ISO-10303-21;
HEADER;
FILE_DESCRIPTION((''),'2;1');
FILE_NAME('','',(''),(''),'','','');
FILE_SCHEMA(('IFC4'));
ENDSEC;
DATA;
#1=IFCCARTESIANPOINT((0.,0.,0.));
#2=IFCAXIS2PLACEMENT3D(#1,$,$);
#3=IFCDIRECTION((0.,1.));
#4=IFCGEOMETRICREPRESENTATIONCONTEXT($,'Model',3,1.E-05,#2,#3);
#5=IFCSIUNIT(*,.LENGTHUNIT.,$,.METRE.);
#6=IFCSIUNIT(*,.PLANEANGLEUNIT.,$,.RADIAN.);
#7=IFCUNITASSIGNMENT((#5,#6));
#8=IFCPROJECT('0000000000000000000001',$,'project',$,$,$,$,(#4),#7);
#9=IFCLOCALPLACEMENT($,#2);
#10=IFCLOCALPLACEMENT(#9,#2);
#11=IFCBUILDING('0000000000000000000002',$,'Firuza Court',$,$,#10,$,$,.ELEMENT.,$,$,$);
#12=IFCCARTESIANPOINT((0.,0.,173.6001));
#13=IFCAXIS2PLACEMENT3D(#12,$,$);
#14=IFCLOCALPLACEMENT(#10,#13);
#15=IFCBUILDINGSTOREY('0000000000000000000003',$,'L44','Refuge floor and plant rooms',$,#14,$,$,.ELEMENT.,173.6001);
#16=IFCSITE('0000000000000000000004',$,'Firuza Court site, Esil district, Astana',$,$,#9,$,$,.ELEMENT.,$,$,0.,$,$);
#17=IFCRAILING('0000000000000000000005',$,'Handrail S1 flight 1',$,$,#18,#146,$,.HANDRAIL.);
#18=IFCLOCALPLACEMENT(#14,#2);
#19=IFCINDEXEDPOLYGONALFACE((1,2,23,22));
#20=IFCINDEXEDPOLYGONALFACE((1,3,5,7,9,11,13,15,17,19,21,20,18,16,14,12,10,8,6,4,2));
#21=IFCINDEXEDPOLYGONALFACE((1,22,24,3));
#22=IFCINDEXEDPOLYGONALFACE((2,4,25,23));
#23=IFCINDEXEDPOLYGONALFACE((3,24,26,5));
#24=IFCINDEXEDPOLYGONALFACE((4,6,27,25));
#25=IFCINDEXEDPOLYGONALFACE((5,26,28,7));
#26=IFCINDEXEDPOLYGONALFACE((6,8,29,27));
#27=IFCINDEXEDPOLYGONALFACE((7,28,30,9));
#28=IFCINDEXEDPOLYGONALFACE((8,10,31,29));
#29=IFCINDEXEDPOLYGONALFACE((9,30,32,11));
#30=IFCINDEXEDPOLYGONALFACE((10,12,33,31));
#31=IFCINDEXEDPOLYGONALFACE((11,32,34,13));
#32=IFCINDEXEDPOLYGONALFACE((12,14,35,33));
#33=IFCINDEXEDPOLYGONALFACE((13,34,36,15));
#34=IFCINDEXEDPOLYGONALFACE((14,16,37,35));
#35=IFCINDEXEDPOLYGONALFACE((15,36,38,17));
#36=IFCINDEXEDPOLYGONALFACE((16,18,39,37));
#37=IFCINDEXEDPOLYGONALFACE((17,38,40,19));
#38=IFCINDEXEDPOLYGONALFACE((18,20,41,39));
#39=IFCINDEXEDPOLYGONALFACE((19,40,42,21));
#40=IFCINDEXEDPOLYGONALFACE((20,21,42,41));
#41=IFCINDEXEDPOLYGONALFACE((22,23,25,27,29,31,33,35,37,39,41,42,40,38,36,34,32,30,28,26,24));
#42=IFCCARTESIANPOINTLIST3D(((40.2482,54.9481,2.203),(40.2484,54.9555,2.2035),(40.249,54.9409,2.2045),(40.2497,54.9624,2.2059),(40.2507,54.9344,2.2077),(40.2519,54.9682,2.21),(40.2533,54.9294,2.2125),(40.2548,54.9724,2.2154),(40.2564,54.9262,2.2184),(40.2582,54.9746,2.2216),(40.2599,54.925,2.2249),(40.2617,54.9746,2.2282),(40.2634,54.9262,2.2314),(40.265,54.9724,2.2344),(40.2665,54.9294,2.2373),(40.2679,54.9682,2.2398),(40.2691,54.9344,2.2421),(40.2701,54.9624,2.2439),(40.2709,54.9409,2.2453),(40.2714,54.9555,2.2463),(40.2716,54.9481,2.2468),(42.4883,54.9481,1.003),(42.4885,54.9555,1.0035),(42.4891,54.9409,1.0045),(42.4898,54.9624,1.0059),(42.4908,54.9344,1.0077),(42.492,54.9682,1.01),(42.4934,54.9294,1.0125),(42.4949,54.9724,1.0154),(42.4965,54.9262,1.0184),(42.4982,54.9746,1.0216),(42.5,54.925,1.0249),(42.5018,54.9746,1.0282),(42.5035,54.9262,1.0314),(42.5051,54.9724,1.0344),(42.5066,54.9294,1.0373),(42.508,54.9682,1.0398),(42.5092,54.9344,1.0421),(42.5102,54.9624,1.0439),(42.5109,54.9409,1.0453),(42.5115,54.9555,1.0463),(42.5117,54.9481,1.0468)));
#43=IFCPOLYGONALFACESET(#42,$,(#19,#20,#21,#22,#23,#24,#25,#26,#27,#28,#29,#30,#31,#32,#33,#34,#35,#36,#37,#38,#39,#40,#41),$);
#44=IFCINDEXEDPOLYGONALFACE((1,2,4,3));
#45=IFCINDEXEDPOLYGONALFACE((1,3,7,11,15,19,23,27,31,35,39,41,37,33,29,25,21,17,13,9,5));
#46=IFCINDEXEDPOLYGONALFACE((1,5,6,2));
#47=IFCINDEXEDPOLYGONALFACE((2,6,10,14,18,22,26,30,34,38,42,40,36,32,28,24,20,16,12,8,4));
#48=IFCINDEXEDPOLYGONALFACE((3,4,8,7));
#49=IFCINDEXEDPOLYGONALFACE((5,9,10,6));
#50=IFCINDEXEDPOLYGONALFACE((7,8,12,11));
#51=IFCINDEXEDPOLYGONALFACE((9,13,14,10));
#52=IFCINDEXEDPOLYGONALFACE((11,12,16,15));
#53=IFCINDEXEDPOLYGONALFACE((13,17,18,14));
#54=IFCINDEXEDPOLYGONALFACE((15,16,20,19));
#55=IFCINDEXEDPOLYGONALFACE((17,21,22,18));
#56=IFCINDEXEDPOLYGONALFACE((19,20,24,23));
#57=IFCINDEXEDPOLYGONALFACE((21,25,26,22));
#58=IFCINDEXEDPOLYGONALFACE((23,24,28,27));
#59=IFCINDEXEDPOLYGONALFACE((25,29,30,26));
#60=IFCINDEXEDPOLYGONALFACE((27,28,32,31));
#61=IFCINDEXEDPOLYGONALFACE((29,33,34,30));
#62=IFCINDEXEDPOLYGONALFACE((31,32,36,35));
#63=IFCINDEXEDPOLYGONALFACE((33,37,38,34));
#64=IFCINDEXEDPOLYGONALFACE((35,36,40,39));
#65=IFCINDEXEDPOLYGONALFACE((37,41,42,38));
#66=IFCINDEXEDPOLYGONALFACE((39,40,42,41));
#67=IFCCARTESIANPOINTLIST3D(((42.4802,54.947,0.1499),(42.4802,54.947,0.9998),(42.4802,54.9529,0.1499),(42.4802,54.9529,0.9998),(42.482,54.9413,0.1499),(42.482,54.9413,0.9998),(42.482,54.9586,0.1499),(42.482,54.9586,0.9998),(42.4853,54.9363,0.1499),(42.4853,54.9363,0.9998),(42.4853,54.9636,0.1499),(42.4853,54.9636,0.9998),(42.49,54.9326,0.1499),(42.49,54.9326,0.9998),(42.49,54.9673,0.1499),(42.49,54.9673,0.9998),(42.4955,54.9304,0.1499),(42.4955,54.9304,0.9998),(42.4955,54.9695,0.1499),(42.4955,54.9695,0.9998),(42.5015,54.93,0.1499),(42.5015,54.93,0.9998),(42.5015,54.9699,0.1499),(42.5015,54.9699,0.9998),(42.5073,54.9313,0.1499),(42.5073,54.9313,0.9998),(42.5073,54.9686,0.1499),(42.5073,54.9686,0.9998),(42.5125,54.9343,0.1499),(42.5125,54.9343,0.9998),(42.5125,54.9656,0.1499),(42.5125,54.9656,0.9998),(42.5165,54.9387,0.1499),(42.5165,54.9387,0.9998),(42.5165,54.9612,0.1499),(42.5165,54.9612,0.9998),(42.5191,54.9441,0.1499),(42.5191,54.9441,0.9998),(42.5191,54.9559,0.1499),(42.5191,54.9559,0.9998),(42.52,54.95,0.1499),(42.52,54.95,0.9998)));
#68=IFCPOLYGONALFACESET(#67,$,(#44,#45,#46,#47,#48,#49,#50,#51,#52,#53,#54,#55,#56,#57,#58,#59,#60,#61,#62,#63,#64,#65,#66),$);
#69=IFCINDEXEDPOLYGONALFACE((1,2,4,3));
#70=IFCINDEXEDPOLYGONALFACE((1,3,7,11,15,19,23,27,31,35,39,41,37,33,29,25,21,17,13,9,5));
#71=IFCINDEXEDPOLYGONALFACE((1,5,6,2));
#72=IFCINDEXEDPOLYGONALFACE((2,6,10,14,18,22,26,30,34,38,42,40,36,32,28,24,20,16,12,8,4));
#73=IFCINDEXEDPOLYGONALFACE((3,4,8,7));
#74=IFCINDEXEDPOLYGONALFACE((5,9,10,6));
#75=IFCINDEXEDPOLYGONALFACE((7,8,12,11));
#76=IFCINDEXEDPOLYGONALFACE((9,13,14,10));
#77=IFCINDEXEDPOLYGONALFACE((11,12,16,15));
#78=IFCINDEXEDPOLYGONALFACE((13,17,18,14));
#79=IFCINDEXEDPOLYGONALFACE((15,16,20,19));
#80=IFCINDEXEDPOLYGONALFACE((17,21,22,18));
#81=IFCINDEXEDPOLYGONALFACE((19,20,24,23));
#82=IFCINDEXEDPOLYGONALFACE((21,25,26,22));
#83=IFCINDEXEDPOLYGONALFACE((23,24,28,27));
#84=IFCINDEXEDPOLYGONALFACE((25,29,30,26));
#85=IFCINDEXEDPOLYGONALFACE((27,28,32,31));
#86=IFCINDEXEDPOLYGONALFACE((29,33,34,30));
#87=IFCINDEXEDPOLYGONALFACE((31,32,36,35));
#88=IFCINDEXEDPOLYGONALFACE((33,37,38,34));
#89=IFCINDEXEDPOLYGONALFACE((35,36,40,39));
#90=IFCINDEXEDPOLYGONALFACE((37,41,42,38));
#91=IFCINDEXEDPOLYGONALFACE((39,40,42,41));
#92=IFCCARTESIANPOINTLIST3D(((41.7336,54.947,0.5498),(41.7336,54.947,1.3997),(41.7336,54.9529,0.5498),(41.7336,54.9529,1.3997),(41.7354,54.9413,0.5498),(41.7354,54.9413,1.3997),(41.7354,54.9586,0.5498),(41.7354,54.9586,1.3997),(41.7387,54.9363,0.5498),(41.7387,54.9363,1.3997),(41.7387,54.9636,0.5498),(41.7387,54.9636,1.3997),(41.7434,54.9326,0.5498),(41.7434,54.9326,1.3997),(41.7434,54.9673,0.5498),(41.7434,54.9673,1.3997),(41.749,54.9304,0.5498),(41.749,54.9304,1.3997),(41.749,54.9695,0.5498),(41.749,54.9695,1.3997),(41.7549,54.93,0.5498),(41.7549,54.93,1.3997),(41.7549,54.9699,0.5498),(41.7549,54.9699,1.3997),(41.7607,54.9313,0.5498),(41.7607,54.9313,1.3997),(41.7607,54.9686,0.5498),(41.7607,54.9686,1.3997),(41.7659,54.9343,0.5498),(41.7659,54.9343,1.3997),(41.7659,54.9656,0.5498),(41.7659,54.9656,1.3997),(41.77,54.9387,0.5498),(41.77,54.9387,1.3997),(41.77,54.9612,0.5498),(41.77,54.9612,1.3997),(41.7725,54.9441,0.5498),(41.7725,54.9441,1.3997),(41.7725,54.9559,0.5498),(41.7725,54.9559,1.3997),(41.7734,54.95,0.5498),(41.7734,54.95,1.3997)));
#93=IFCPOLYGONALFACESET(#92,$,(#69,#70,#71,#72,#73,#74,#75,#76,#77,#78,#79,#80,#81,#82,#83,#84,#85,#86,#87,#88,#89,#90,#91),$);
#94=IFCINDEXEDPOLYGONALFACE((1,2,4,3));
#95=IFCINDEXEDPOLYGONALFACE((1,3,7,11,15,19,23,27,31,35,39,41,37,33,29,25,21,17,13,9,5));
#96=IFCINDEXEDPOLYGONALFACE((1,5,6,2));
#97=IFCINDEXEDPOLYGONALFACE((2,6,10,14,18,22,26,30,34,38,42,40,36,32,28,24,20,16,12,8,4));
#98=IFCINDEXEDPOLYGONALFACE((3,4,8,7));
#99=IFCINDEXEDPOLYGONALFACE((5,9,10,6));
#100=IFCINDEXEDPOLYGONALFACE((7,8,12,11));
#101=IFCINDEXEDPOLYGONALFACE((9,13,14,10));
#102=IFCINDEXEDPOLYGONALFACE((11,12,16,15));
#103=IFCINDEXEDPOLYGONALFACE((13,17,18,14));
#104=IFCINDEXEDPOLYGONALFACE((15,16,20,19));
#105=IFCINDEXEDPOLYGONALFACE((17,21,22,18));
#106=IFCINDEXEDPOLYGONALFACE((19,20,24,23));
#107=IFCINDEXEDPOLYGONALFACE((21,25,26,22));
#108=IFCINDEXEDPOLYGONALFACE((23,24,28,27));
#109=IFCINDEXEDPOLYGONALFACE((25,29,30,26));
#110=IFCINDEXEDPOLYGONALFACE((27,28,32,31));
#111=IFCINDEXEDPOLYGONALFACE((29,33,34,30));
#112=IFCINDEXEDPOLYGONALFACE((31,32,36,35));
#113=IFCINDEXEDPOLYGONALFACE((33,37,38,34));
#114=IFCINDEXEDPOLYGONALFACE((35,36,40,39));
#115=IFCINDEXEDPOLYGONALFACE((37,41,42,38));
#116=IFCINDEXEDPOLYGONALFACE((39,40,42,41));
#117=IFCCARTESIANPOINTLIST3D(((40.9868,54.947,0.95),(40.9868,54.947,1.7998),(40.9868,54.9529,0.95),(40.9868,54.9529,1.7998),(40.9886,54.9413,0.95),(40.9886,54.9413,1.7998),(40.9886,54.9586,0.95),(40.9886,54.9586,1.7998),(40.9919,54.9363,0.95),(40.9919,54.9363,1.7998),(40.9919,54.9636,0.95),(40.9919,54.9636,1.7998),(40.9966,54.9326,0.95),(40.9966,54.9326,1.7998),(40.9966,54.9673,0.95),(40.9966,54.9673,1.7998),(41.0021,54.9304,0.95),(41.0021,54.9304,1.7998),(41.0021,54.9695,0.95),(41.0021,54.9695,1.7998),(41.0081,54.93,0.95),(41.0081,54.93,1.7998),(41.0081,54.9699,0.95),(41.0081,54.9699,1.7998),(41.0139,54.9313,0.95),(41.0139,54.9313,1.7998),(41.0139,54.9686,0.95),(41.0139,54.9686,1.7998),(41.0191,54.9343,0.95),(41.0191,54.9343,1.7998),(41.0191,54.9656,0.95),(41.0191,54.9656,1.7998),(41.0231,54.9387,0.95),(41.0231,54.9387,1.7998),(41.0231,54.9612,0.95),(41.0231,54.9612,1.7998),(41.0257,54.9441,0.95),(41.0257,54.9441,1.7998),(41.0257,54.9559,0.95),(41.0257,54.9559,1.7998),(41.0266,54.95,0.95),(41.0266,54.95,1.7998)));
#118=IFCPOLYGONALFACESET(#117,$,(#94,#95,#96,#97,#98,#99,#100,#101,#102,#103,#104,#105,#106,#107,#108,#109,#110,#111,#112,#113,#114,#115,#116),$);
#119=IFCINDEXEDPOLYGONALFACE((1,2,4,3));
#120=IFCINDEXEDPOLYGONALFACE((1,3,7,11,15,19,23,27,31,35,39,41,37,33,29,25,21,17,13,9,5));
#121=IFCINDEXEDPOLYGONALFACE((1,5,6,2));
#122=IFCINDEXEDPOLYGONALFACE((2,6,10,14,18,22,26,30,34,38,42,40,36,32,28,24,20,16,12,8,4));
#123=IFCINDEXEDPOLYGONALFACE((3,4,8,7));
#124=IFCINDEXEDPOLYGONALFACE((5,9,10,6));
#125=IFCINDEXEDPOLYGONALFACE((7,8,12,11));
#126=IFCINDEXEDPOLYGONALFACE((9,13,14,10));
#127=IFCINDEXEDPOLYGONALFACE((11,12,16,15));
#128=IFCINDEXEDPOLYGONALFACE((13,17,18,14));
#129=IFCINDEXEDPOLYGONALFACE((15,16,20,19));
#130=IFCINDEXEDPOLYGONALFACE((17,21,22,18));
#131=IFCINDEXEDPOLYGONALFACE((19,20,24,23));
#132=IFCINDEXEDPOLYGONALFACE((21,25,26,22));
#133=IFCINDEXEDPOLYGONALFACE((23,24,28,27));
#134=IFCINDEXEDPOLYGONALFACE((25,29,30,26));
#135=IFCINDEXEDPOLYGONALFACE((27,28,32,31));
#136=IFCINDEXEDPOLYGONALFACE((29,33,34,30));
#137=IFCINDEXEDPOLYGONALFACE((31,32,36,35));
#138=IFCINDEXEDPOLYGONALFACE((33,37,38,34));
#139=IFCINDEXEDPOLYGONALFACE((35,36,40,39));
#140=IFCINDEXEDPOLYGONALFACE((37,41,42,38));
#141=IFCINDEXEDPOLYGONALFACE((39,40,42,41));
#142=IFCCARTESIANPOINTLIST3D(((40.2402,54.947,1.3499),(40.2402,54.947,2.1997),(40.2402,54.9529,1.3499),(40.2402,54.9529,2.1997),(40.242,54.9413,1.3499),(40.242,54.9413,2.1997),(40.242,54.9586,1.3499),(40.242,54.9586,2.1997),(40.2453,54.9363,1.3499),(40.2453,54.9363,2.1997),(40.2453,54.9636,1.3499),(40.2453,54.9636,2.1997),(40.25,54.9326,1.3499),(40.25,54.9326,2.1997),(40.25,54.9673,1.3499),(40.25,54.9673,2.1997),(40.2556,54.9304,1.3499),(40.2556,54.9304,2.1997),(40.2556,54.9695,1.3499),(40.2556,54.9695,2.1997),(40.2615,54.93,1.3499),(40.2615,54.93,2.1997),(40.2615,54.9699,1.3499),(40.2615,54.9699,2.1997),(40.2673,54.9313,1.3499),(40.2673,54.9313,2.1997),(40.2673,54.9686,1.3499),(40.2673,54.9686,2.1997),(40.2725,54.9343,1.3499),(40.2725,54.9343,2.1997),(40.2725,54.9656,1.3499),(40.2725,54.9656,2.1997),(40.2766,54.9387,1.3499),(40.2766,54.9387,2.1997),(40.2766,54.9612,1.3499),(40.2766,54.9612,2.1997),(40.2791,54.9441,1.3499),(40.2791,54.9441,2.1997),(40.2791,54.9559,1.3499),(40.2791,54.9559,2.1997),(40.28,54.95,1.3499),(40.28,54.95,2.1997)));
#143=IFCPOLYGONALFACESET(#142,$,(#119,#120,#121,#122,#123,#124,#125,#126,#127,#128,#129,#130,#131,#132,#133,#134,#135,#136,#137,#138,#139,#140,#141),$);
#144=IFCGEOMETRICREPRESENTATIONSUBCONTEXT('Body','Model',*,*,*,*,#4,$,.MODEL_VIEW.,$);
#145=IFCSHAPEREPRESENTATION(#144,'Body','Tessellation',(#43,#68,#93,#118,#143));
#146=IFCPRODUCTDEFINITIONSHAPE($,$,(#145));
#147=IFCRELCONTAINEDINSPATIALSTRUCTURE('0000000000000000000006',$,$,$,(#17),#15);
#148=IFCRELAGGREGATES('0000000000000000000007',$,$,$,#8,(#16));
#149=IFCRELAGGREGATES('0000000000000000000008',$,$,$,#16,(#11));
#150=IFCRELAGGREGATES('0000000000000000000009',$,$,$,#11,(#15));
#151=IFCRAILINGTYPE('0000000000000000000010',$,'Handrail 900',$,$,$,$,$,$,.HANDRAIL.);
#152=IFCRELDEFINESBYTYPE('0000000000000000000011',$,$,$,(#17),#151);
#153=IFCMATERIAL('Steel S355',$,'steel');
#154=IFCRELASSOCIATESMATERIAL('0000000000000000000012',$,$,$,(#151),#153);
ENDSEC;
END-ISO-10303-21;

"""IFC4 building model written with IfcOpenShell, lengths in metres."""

from ifc_helpers import new_model, si_unit, direction, frame, origin, origin_2d, place, context, subcontext, project, spatial, circle, extrude, material, type_object, element, save


model = new_model("IFC4")

# Units and contexts
model_context = context("Model", 3, precision=1e-05, world=origin(), true_north=direction((0.0, 1.0)))
body_context = subcontext(model_context, "Body", "Model", "MODEL_VIEW")
ifc_project = project(units=[si_unit("LENGTHUNIT", "METRE"), si_unit("PLANEANGLEUNIT", "RADIAN")], contexts=[model_context])

# Site, building, storey
site_placement = place(None, origin())
site = spatial("IfcSite", under=ifc_project, at=site_placement, Name="Firuza Court site, Esil district, Astana", CompositionType="ELEMENT", RefElevation=0.0)
building_placement = place(site_placement, origin())
building = spatial("IfcBuilding", under=site, at=building_placement, Name="Firuza Court", CompositionType="ELEMENT")
storey_placement = place(building_placement, frame((0.0, 0.0, 173.6001)))
storey = spatial("IfcBuildingStorey", under=building, at=storey_placement, Name="L44", Description="Refuge floor and plant rooms", CompositionType="ELEMENT", Elevation=173.6001)

# Railing
ifc_material_1 = material(Name="Steel S355", Category="steel")
railing_type = type_object("IfcRailingType", Name="Handrail 900", PredefinedType="HANDRAIL", material=ifc_material_1)
railing_1_placement = place(storey_placement, frame((42.5, 54.95, 0.1499)))
element("IfcRailing", 1, at=railing_1_placement, inside=storey, type_object=railing_type, Name="Handrail S1 flight 1", PredefinedType="HANDRAIL", context=body_context, shape_type="SweptSolid", body=[
    extrude(circle(Radius=0.0249, at=origin_2d()), frame((0.0, 0.0, 0.875), z_axis=(-0.881487, 0.0, 0.472208), x_axis=(0.0, -1.0, 0.0)), (0.0, 0.0, 1.0), 2.5413),
    extrude(circle(Radius=0.02, at=origin_2d()), origin(), (0.0, 0.0, 1.0), 0.8499),
    extrude(circle(Radius=0.02, at=origin_2d()), frame((-0.7466, 0.0, 0.3999)), (0.0, 0.0, 1.0), 0.8499),
    extrude(circle(Radius=0.02, at=origin_2d()), frame((-1.4934, 0.0, 0.8)), (0.0, 0.0, 1.0), 0.8499),
    extrude(circle(Radius=0.02, at=origin_2d()), frame((-2.24, 0.0, 1.2)), (0.0, 0.0, 1.0), 0.8499),
])

save(model, "model.ifc")
